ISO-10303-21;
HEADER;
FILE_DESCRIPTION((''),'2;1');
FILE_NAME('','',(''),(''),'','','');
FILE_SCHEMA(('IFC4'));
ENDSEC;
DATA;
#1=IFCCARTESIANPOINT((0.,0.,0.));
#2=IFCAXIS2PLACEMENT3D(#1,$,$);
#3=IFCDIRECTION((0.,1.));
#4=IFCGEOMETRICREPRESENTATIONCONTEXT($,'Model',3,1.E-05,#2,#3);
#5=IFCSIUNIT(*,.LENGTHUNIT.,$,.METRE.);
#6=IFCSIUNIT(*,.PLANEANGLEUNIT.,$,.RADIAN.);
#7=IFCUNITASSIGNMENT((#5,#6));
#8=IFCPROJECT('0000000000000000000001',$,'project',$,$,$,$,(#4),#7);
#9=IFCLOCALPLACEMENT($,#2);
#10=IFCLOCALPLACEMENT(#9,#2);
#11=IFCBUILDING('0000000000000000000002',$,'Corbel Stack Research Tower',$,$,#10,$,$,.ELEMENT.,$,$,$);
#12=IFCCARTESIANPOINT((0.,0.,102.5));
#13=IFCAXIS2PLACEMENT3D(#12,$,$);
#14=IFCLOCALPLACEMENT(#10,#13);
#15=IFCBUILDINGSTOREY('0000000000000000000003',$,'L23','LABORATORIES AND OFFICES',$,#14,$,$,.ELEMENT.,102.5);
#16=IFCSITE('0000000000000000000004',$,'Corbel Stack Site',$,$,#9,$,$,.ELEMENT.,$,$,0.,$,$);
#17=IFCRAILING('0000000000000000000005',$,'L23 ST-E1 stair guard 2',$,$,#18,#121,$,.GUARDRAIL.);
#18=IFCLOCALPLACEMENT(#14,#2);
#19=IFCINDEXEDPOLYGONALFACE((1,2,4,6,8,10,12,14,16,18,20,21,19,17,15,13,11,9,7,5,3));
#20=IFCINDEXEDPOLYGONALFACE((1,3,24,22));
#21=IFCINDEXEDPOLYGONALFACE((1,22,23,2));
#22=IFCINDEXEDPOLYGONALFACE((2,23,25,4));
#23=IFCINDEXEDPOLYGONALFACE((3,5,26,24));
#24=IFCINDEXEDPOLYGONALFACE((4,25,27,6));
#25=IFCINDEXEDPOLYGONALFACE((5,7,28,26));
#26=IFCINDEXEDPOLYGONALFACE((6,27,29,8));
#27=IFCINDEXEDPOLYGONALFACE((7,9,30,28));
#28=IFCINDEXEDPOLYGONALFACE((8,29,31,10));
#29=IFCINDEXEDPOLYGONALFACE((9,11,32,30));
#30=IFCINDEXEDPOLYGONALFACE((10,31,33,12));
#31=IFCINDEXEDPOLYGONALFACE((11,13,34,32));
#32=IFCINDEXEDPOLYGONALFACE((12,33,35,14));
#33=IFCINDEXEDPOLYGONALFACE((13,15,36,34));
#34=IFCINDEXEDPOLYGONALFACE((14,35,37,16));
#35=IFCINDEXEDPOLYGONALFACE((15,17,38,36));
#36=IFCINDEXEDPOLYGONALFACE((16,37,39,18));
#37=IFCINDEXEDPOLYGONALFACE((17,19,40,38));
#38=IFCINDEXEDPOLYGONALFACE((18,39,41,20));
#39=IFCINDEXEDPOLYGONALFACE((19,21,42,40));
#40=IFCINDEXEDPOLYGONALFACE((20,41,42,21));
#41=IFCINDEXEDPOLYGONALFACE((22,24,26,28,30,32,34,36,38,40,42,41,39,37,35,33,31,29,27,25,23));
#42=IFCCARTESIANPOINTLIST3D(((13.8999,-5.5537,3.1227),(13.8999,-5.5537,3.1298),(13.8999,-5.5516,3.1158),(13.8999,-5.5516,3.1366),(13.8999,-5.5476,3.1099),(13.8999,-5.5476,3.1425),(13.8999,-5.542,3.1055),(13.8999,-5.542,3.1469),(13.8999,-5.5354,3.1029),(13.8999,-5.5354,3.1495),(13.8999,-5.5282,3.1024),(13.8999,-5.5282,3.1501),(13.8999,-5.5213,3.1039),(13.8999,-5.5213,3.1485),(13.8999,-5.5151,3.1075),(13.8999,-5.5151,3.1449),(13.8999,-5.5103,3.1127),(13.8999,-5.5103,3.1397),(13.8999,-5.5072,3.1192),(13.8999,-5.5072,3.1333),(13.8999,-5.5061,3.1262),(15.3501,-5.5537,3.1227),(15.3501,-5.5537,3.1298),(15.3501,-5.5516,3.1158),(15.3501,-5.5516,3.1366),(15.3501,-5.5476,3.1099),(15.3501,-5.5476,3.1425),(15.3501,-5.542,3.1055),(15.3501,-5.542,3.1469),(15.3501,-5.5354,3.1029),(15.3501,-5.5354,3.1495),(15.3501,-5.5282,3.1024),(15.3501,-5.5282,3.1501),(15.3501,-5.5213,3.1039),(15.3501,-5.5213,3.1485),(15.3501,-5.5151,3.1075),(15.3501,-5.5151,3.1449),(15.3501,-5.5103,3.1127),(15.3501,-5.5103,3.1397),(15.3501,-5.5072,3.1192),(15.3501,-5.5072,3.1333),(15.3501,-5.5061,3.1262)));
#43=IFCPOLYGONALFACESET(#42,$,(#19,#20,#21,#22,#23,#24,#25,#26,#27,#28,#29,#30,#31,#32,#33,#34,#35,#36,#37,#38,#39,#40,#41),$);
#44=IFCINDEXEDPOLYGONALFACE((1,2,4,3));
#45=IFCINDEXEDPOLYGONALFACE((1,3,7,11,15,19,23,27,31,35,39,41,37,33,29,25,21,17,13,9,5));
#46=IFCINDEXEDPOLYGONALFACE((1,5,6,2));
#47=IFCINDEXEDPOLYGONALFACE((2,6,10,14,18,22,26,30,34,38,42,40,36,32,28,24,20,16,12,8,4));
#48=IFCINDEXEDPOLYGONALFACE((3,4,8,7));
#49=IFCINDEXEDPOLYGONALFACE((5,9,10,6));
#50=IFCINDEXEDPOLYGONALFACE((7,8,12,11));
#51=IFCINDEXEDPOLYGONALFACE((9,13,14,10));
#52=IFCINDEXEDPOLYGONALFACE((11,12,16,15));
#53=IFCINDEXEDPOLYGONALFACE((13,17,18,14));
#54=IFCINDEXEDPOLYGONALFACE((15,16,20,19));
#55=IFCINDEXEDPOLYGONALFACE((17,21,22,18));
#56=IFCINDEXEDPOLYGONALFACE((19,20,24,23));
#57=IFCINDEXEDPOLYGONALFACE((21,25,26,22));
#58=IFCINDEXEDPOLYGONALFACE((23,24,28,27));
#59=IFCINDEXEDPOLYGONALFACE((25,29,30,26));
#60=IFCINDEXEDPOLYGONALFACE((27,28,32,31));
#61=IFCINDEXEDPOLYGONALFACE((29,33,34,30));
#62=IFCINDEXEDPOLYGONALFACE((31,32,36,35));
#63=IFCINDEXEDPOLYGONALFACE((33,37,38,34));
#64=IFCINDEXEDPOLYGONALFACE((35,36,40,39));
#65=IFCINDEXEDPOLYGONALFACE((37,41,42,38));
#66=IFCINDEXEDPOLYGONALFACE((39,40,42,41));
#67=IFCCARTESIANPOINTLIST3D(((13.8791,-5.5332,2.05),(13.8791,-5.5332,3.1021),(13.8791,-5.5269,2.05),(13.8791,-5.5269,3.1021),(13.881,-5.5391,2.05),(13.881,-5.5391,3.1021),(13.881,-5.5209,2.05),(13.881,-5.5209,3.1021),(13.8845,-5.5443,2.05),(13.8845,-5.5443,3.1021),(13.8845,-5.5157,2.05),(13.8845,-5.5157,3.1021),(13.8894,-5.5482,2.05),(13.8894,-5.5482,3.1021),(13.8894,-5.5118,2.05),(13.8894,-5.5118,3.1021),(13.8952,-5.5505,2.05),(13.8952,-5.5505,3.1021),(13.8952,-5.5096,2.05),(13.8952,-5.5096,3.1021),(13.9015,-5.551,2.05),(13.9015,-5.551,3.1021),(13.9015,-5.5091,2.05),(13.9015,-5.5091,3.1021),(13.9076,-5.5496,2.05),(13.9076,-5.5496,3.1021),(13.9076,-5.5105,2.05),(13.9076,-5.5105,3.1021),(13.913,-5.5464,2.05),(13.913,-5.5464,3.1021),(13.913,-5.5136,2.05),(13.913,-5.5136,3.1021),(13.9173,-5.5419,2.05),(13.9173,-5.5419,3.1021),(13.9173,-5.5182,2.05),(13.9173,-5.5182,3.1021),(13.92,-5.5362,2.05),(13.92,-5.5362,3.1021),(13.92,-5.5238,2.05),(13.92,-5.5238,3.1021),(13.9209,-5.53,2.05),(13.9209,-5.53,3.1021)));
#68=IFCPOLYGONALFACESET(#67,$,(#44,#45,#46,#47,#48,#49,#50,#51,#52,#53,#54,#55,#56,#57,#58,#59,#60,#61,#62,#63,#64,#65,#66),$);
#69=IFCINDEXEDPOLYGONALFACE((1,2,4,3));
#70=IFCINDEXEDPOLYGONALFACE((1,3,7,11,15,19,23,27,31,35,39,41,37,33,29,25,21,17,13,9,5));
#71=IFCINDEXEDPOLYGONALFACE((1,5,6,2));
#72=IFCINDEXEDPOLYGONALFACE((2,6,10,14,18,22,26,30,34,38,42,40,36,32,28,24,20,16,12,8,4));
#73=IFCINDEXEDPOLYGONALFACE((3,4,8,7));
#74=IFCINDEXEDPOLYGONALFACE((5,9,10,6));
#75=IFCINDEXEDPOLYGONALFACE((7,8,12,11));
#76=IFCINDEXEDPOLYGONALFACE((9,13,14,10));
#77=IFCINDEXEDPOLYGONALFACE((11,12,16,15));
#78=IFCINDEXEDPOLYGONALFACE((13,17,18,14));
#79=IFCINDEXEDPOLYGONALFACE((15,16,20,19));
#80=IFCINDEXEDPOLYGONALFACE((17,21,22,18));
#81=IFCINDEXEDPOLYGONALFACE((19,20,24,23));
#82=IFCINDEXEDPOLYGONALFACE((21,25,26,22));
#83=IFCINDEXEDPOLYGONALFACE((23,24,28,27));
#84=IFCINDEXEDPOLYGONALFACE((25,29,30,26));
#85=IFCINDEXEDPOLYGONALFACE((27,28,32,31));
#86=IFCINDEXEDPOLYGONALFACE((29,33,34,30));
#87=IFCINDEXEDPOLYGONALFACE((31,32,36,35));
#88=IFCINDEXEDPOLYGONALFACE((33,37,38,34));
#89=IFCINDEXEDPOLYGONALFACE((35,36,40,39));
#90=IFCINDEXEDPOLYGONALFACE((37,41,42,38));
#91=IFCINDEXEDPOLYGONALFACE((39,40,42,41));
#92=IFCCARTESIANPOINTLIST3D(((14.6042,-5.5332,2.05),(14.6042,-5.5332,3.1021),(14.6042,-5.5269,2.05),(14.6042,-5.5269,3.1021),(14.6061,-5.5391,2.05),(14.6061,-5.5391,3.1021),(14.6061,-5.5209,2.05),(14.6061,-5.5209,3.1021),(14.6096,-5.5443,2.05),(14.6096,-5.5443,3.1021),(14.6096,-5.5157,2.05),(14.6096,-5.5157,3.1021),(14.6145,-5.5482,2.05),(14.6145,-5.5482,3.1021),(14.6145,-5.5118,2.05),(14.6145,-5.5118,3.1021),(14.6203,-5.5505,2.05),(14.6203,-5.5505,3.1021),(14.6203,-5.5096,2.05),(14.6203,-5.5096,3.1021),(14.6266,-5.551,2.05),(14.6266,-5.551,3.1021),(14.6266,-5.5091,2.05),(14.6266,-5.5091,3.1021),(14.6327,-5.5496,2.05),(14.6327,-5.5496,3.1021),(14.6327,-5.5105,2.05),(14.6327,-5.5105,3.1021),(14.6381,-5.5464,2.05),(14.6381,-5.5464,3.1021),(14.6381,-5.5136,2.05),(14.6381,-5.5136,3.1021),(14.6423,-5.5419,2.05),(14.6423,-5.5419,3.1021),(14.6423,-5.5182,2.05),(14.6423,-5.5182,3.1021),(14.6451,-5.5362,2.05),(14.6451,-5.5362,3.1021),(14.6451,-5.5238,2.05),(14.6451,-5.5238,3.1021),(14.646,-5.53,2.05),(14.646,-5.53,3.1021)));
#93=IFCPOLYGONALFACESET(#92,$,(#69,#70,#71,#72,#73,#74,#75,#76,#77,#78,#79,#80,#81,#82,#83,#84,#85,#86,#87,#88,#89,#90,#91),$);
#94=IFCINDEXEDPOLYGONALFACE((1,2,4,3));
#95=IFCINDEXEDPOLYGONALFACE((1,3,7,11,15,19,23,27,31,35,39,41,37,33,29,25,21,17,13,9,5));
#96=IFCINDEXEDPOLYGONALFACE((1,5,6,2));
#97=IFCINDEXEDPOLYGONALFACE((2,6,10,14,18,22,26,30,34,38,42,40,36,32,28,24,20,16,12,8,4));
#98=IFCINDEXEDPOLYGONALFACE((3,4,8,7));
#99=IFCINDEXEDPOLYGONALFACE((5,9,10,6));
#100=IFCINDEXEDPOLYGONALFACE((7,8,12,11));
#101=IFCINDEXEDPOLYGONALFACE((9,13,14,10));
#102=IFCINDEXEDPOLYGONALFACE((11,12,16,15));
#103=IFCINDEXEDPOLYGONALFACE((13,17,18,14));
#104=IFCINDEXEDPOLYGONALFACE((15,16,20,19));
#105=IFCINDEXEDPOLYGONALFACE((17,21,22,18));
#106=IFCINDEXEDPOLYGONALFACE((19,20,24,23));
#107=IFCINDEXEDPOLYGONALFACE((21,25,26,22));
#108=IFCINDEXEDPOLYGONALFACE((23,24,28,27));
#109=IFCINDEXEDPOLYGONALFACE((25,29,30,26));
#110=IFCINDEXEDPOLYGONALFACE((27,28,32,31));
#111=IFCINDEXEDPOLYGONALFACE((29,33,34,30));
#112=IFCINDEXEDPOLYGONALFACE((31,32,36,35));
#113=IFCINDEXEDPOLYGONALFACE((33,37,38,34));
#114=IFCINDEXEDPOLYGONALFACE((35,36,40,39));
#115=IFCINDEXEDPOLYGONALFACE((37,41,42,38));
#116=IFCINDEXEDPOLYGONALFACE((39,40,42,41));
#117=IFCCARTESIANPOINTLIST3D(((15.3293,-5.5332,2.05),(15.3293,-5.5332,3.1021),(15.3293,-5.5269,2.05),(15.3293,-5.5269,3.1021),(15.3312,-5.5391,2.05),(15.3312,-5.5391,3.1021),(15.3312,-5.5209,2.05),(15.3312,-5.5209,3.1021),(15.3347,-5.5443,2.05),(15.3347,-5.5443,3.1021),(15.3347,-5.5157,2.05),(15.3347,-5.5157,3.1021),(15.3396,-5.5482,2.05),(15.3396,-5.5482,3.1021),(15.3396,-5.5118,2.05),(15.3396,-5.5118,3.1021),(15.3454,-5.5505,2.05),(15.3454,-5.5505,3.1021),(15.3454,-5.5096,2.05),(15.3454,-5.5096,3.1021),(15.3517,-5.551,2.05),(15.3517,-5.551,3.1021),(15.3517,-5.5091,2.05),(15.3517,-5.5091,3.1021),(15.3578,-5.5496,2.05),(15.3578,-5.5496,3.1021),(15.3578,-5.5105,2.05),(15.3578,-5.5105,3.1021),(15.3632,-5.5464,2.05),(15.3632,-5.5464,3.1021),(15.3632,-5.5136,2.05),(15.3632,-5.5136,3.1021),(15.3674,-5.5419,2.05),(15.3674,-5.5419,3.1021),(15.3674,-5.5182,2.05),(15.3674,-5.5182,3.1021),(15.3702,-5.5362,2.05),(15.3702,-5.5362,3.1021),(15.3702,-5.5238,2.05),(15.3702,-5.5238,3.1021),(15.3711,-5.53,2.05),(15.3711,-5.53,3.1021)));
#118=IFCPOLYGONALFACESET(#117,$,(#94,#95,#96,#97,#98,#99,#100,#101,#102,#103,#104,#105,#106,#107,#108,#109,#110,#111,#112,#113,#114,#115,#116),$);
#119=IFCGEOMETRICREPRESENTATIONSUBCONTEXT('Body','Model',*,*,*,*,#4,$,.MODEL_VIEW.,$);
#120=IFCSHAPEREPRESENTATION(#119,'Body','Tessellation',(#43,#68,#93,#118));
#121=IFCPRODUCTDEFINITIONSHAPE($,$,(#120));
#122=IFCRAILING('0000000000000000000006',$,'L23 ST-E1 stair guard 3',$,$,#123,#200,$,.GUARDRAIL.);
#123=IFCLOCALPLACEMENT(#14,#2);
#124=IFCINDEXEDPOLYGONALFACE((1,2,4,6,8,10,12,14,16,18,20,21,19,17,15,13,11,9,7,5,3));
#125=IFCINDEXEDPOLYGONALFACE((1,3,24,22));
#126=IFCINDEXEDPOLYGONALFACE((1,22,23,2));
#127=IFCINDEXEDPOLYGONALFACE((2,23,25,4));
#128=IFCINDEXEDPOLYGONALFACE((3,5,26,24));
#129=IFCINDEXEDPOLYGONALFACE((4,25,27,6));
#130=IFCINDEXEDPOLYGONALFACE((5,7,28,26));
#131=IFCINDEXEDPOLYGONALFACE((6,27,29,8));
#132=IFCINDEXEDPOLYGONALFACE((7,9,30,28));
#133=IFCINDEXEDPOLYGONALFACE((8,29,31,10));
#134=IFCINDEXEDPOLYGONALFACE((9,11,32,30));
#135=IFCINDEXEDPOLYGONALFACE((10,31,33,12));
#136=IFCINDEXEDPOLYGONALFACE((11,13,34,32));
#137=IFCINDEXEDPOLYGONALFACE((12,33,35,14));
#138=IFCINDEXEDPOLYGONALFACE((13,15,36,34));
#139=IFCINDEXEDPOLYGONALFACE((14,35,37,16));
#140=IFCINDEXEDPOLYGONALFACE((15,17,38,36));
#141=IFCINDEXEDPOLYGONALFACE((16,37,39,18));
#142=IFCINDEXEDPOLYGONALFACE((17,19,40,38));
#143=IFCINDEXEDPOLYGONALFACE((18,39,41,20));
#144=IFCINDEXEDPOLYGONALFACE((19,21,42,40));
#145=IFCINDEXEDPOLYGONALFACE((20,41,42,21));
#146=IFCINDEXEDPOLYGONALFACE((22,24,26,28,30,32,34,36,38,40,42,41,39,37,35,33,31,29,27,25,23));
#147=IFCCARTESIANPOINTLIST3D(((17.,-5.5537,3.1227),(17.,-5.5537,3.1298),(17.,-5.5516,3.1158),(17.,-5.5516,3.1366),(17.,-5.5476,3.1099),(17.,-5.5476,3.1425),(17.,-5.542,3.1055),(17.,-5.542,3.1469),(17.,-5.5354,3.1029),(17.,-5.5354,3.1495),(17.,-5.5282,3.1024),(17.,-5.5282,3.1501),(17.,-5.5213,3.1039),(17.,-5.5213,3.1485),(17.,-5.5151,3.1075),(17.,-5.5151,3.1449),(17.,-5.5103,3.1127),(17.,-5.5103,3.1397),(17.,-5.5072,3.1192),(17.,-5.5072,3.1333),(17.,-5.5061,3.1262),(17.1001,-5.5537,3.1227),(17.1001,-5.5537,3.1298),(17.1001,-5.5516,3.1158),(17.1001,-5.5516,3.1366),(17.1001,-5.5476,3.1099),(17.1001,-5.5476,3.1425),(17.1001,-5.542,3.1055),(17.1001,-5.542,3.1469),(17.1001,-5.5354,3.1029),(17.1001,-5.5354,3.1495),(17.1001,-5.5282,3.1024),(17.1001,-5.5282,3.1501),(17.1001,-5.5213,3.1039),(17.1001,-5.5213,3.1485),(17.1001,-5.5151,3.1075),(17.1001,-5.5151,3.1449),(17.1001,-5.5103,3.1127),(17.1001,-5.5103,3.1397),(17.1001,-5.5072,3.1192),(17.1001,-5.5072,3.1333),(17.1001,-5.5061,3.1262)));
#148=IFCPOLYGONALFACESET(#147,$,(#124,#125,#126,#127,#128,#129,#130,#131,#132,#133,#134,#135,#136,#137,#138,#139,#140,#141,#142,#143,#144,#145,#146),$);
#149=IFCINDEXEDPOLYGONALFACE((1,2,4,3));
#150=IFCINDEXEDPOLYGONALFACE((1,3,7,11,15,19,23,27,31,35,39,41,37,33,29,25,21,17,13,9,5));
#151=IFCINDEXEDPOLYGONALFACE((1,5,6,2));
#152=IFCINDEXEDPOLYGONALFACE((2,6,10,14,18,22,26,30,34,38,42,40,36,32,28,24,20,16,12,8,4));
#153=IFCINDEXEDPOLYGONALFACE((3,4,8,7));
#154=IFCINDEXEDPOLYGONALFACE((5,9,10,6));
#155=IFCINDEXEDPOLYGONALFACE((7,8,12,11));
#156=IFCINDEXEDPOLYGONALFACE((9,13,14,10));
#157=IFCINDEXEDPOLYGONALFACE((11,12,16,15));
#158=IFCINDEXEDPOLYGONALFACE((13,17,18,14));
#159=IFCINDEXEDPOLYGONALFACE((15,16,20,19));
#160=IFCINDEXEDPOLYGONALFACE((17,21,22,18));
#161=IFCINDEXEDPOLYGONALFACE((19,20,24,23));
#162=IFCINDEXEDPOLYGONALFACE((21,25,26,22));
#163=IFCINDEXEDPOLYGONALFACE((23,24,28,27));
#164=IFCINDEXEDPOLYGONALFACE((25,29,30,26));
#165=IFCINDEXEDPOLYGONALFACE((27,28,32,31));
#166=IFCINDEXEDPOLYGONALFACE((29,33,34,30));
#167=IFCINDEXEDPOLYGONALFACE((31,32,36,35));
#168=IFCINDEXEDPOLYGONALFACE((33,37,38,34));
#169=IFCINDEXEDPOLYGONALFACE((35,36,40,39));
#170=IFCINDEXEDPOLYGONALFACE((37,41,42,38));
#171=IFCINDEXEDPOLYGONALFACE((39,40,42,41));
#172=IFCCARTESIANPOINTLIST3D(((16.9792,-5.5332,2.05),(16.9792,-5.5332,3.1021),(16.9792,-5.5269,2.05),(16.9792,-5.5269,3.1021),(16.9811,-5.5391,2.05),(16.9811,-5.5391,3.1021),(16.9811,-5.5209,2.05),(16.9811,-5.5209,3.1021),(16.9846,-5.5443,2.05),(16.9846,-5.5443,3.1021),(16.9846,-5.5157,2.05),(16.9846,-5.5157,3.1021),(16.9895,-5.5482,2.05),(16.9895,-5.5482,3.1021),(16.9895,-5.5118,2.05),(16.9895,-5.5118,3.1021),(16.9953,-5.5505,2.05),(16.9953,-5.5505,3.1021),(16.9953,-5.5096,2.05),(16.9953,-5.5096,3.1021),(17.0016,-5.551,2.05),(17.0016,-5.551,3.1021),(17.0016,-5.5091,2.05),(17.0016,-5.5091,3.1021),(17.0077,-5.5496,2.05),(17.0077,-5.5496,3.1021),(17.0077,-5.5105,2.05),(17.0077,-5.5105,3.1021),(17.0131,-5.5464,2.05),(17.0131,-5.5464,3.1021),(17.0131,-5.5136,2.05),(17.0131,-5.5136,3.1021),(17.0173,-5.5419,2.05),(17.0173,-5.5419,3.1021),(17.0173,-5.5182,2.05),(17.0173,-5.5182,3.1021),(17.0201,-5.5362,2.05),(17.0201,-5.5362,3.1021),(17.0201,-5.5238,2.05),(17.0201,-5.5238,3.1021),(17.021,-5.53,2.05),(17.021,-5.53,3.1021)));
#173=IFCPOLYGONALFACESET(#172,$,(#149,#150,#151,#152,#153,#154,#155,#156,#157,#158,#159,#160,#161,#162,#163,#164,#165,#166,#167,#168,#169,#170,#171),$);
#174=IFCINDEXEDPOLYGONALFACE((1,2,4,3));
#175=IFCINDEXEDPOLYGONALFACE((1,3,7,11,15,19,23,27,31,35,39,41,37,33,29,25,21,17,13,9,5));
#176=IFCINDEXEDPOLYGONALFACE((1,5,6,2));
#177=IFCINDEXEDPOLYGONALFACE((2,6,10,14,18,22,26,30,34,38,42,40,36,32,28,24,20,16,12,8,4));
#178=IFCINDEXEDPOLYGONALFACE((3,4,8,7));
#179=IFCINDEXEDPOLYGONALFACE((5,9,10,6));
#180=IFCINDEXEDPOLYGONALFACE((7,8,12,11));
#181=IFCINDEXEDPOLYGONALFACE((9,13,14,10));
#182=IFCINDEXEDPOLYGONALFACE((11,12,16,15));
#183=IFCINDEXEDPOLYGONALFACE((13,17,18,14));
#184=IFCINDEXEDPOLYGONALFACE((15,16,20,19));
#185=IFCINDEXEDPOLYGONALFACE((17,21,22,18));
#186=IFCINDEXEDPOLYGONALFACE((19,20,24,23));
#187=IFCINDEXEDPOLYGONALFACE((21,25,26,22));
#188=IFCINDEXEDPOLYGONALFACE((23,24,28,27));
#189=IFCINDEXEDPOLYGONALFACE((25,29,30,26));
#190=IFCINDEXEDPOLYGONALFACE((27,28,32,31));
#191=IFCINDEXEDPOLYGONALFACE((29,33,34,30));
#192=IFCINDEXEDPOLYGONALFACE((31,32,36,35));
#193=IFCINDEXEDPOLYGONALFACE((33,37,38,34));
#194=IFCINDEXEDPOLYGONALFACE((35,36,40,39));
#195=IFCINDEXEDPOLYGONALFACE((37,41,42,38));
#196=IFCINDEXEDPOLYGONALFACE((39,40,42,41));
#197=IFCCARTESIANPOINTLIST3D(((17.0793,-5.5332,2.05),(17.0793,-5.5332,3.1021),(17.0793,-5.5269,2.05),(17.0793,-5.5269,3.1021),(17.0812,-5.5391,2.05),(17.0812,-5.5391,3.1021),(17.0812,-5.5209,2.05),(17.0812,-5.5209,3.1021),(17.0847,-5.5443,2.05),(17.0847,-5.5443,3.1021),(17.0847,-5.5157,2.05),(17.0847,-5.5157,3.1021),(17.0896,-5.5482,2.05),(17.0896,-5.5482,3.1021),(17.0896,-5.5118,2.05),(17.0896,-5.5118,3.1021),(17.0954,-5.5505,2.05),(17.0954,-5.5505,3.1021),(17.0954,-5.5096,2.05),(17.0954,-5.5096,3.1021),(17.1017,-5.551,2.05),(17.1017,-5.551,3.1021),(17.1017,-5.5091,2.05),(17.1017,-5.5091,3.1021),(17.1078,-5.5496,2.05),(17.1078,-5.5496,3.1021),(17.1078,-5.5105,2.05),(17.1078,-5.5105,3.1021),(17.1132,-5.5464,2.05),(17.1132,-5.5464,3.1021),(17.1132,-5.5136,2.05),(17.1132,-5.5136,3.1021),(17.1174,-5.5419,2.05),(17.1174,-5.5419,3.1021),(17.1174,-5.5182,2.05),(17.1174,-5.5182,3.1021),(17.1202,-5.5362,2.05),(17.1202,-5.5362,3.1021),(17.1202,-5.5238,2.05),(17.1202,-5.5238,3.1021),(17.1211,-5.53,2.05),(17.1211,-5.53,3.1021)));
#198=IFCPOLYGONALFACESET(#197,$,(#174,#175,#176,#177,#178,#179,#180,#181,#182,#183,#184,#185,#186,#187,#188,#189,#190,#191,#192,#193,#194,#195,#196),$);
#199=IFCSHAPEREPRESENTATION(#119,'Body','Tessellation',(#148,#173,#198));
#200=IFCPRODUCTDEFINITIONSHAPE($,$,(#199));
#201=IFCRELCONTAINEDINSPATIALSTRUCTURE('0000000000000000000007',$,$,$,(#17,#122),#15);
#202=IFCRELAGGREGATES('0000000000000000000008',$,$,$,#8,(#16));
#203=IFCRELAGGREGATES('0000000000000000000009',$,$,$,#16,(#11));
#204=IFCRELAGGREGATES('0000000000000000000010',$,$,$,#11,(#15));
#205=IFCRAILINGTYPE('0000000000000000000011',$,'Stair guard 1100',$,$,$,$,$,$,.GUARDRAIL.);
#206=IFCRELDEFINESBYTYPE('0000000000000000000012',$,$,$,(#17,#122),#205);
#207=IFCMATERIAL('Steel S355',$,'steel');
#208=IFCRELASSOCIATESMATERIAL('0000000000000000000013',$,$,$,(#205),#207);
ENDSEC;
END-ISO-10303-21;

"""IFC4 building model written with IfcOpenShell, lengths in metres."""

from ifc_helpers import new_model, si_unit, direction, frame, origin, origin_2d, place, context, subcontext, project, spatial, circle, extrude, material, type_object, element, save


model = new_model("IFC4")

# Units and contexts
model_context = context("Model", 3, precision=1e-05, world=origin(), true_north=direction((0.0, 1.0)))
body_context = subcontext(model_context, "Body", "Model", "MODEL_VIEW")
ifc_project = project(units=[si_unit("LENGTHUNIT", "METRE"), si_unit("PLANEANGLEUNIT", "RADIAN")], contexts=[model_context])

# Site, building, storey
site_placement = place(None, origin())
site = spatial("IfcSite", under=ifc_project, at=site_placement, Name="Corbel Stack Site", CompositionType="ELEMENT", RefElevation=0.0)
building_placement = place(site_placement, origin())
building = spatial("IfcBuilding", under=site, at=building_placement, Name="Corbel Stack Research Tower", CompositionType="ELEMENT")
storey_placement = place(building_placement, frame((0.0, 0.0, 102.5)))
storey = spatial("IfcBuildingStorey", under=building, at=storey_placement, Name="L23", Description="LABORATORIES AND OFFICES", CompositionType="ELEMENT", Elevation=102.5)

# Railings
ifc_material_1 = material(Name="Steel S355", Category="steel")
railing_type_1 = type_object("IfcRailingType", Name="Stair guard 1100", PredefinedType="GUARDRAIL", material=ifc_material_1)
railing_1_placement = place(storey_placement, frame((13.8999, -5.53, 2.05)))
element("IfcRailing", 1, at=railing_1_placement, inside=storey, type_object=railing_type_1, Name="L23 ST-E1 stair guard 2", PredefinedType="GUARDRAIL", context=body_context, shape_type="SweptSolid", body=[
    extrude(circle(Radius=0.0239, at=origin_2d()), frame((0.0, 0.0, 1.0762), z_axis=(1.0, 0.0, 0.0), x_axis=(0.0, 1.0, 0.0)), (0.0, 0.0, 1.0), 1.4502),
    extrude(circle(Radius=0.021, at=origin_2d()), origin(), (0.0, 0.0, 1.0), 1.052),
    extrude(circle(Radius=0.021, at=origin_2d()), frame((0.7251, 0.0, 0.0)), (0.0, 0.0, 1.0), 1.052),
    extrude(circle(Radius=0.021, at=origin_2d()), frame((1.4502, 0.0, 0.0)), (0.0, 0.0, 1.0), 1.052),
])
railing_2_placement = place(storey_placement, frame((17.0, -5.53, 2.05)))
element("IfcRailing", 2, at=railing_2_placement, inside=storey, type_object=railing_type_1, Name="L23 ST-E1 stair guard 3", PredefinedType="GUARDRAIL", context=body_context, shape_type="SweptSolid", body=[
    extrude(circle(Radius=0.0239, at=origin_2d()), frame((0.0, 0.0, 1.0762), z_axis=(1.0, 0.0, 0.0), x_axis=(0.0, 1.0, 0.0)), (0.0, 0.0, 1.0), 0.1001),
    extrude(circle(Radius=0.021, at=origin_2d()), origin(), (0.0, 0.0, 1.0), 1.052),
    extrude(circle(Radius=0.021, at=origin_2d()), frame((0.1001, 0.0, 0.0)), (0.0, 0.0, 1.0), 1.052),
])

save(model, "model.ifc")
